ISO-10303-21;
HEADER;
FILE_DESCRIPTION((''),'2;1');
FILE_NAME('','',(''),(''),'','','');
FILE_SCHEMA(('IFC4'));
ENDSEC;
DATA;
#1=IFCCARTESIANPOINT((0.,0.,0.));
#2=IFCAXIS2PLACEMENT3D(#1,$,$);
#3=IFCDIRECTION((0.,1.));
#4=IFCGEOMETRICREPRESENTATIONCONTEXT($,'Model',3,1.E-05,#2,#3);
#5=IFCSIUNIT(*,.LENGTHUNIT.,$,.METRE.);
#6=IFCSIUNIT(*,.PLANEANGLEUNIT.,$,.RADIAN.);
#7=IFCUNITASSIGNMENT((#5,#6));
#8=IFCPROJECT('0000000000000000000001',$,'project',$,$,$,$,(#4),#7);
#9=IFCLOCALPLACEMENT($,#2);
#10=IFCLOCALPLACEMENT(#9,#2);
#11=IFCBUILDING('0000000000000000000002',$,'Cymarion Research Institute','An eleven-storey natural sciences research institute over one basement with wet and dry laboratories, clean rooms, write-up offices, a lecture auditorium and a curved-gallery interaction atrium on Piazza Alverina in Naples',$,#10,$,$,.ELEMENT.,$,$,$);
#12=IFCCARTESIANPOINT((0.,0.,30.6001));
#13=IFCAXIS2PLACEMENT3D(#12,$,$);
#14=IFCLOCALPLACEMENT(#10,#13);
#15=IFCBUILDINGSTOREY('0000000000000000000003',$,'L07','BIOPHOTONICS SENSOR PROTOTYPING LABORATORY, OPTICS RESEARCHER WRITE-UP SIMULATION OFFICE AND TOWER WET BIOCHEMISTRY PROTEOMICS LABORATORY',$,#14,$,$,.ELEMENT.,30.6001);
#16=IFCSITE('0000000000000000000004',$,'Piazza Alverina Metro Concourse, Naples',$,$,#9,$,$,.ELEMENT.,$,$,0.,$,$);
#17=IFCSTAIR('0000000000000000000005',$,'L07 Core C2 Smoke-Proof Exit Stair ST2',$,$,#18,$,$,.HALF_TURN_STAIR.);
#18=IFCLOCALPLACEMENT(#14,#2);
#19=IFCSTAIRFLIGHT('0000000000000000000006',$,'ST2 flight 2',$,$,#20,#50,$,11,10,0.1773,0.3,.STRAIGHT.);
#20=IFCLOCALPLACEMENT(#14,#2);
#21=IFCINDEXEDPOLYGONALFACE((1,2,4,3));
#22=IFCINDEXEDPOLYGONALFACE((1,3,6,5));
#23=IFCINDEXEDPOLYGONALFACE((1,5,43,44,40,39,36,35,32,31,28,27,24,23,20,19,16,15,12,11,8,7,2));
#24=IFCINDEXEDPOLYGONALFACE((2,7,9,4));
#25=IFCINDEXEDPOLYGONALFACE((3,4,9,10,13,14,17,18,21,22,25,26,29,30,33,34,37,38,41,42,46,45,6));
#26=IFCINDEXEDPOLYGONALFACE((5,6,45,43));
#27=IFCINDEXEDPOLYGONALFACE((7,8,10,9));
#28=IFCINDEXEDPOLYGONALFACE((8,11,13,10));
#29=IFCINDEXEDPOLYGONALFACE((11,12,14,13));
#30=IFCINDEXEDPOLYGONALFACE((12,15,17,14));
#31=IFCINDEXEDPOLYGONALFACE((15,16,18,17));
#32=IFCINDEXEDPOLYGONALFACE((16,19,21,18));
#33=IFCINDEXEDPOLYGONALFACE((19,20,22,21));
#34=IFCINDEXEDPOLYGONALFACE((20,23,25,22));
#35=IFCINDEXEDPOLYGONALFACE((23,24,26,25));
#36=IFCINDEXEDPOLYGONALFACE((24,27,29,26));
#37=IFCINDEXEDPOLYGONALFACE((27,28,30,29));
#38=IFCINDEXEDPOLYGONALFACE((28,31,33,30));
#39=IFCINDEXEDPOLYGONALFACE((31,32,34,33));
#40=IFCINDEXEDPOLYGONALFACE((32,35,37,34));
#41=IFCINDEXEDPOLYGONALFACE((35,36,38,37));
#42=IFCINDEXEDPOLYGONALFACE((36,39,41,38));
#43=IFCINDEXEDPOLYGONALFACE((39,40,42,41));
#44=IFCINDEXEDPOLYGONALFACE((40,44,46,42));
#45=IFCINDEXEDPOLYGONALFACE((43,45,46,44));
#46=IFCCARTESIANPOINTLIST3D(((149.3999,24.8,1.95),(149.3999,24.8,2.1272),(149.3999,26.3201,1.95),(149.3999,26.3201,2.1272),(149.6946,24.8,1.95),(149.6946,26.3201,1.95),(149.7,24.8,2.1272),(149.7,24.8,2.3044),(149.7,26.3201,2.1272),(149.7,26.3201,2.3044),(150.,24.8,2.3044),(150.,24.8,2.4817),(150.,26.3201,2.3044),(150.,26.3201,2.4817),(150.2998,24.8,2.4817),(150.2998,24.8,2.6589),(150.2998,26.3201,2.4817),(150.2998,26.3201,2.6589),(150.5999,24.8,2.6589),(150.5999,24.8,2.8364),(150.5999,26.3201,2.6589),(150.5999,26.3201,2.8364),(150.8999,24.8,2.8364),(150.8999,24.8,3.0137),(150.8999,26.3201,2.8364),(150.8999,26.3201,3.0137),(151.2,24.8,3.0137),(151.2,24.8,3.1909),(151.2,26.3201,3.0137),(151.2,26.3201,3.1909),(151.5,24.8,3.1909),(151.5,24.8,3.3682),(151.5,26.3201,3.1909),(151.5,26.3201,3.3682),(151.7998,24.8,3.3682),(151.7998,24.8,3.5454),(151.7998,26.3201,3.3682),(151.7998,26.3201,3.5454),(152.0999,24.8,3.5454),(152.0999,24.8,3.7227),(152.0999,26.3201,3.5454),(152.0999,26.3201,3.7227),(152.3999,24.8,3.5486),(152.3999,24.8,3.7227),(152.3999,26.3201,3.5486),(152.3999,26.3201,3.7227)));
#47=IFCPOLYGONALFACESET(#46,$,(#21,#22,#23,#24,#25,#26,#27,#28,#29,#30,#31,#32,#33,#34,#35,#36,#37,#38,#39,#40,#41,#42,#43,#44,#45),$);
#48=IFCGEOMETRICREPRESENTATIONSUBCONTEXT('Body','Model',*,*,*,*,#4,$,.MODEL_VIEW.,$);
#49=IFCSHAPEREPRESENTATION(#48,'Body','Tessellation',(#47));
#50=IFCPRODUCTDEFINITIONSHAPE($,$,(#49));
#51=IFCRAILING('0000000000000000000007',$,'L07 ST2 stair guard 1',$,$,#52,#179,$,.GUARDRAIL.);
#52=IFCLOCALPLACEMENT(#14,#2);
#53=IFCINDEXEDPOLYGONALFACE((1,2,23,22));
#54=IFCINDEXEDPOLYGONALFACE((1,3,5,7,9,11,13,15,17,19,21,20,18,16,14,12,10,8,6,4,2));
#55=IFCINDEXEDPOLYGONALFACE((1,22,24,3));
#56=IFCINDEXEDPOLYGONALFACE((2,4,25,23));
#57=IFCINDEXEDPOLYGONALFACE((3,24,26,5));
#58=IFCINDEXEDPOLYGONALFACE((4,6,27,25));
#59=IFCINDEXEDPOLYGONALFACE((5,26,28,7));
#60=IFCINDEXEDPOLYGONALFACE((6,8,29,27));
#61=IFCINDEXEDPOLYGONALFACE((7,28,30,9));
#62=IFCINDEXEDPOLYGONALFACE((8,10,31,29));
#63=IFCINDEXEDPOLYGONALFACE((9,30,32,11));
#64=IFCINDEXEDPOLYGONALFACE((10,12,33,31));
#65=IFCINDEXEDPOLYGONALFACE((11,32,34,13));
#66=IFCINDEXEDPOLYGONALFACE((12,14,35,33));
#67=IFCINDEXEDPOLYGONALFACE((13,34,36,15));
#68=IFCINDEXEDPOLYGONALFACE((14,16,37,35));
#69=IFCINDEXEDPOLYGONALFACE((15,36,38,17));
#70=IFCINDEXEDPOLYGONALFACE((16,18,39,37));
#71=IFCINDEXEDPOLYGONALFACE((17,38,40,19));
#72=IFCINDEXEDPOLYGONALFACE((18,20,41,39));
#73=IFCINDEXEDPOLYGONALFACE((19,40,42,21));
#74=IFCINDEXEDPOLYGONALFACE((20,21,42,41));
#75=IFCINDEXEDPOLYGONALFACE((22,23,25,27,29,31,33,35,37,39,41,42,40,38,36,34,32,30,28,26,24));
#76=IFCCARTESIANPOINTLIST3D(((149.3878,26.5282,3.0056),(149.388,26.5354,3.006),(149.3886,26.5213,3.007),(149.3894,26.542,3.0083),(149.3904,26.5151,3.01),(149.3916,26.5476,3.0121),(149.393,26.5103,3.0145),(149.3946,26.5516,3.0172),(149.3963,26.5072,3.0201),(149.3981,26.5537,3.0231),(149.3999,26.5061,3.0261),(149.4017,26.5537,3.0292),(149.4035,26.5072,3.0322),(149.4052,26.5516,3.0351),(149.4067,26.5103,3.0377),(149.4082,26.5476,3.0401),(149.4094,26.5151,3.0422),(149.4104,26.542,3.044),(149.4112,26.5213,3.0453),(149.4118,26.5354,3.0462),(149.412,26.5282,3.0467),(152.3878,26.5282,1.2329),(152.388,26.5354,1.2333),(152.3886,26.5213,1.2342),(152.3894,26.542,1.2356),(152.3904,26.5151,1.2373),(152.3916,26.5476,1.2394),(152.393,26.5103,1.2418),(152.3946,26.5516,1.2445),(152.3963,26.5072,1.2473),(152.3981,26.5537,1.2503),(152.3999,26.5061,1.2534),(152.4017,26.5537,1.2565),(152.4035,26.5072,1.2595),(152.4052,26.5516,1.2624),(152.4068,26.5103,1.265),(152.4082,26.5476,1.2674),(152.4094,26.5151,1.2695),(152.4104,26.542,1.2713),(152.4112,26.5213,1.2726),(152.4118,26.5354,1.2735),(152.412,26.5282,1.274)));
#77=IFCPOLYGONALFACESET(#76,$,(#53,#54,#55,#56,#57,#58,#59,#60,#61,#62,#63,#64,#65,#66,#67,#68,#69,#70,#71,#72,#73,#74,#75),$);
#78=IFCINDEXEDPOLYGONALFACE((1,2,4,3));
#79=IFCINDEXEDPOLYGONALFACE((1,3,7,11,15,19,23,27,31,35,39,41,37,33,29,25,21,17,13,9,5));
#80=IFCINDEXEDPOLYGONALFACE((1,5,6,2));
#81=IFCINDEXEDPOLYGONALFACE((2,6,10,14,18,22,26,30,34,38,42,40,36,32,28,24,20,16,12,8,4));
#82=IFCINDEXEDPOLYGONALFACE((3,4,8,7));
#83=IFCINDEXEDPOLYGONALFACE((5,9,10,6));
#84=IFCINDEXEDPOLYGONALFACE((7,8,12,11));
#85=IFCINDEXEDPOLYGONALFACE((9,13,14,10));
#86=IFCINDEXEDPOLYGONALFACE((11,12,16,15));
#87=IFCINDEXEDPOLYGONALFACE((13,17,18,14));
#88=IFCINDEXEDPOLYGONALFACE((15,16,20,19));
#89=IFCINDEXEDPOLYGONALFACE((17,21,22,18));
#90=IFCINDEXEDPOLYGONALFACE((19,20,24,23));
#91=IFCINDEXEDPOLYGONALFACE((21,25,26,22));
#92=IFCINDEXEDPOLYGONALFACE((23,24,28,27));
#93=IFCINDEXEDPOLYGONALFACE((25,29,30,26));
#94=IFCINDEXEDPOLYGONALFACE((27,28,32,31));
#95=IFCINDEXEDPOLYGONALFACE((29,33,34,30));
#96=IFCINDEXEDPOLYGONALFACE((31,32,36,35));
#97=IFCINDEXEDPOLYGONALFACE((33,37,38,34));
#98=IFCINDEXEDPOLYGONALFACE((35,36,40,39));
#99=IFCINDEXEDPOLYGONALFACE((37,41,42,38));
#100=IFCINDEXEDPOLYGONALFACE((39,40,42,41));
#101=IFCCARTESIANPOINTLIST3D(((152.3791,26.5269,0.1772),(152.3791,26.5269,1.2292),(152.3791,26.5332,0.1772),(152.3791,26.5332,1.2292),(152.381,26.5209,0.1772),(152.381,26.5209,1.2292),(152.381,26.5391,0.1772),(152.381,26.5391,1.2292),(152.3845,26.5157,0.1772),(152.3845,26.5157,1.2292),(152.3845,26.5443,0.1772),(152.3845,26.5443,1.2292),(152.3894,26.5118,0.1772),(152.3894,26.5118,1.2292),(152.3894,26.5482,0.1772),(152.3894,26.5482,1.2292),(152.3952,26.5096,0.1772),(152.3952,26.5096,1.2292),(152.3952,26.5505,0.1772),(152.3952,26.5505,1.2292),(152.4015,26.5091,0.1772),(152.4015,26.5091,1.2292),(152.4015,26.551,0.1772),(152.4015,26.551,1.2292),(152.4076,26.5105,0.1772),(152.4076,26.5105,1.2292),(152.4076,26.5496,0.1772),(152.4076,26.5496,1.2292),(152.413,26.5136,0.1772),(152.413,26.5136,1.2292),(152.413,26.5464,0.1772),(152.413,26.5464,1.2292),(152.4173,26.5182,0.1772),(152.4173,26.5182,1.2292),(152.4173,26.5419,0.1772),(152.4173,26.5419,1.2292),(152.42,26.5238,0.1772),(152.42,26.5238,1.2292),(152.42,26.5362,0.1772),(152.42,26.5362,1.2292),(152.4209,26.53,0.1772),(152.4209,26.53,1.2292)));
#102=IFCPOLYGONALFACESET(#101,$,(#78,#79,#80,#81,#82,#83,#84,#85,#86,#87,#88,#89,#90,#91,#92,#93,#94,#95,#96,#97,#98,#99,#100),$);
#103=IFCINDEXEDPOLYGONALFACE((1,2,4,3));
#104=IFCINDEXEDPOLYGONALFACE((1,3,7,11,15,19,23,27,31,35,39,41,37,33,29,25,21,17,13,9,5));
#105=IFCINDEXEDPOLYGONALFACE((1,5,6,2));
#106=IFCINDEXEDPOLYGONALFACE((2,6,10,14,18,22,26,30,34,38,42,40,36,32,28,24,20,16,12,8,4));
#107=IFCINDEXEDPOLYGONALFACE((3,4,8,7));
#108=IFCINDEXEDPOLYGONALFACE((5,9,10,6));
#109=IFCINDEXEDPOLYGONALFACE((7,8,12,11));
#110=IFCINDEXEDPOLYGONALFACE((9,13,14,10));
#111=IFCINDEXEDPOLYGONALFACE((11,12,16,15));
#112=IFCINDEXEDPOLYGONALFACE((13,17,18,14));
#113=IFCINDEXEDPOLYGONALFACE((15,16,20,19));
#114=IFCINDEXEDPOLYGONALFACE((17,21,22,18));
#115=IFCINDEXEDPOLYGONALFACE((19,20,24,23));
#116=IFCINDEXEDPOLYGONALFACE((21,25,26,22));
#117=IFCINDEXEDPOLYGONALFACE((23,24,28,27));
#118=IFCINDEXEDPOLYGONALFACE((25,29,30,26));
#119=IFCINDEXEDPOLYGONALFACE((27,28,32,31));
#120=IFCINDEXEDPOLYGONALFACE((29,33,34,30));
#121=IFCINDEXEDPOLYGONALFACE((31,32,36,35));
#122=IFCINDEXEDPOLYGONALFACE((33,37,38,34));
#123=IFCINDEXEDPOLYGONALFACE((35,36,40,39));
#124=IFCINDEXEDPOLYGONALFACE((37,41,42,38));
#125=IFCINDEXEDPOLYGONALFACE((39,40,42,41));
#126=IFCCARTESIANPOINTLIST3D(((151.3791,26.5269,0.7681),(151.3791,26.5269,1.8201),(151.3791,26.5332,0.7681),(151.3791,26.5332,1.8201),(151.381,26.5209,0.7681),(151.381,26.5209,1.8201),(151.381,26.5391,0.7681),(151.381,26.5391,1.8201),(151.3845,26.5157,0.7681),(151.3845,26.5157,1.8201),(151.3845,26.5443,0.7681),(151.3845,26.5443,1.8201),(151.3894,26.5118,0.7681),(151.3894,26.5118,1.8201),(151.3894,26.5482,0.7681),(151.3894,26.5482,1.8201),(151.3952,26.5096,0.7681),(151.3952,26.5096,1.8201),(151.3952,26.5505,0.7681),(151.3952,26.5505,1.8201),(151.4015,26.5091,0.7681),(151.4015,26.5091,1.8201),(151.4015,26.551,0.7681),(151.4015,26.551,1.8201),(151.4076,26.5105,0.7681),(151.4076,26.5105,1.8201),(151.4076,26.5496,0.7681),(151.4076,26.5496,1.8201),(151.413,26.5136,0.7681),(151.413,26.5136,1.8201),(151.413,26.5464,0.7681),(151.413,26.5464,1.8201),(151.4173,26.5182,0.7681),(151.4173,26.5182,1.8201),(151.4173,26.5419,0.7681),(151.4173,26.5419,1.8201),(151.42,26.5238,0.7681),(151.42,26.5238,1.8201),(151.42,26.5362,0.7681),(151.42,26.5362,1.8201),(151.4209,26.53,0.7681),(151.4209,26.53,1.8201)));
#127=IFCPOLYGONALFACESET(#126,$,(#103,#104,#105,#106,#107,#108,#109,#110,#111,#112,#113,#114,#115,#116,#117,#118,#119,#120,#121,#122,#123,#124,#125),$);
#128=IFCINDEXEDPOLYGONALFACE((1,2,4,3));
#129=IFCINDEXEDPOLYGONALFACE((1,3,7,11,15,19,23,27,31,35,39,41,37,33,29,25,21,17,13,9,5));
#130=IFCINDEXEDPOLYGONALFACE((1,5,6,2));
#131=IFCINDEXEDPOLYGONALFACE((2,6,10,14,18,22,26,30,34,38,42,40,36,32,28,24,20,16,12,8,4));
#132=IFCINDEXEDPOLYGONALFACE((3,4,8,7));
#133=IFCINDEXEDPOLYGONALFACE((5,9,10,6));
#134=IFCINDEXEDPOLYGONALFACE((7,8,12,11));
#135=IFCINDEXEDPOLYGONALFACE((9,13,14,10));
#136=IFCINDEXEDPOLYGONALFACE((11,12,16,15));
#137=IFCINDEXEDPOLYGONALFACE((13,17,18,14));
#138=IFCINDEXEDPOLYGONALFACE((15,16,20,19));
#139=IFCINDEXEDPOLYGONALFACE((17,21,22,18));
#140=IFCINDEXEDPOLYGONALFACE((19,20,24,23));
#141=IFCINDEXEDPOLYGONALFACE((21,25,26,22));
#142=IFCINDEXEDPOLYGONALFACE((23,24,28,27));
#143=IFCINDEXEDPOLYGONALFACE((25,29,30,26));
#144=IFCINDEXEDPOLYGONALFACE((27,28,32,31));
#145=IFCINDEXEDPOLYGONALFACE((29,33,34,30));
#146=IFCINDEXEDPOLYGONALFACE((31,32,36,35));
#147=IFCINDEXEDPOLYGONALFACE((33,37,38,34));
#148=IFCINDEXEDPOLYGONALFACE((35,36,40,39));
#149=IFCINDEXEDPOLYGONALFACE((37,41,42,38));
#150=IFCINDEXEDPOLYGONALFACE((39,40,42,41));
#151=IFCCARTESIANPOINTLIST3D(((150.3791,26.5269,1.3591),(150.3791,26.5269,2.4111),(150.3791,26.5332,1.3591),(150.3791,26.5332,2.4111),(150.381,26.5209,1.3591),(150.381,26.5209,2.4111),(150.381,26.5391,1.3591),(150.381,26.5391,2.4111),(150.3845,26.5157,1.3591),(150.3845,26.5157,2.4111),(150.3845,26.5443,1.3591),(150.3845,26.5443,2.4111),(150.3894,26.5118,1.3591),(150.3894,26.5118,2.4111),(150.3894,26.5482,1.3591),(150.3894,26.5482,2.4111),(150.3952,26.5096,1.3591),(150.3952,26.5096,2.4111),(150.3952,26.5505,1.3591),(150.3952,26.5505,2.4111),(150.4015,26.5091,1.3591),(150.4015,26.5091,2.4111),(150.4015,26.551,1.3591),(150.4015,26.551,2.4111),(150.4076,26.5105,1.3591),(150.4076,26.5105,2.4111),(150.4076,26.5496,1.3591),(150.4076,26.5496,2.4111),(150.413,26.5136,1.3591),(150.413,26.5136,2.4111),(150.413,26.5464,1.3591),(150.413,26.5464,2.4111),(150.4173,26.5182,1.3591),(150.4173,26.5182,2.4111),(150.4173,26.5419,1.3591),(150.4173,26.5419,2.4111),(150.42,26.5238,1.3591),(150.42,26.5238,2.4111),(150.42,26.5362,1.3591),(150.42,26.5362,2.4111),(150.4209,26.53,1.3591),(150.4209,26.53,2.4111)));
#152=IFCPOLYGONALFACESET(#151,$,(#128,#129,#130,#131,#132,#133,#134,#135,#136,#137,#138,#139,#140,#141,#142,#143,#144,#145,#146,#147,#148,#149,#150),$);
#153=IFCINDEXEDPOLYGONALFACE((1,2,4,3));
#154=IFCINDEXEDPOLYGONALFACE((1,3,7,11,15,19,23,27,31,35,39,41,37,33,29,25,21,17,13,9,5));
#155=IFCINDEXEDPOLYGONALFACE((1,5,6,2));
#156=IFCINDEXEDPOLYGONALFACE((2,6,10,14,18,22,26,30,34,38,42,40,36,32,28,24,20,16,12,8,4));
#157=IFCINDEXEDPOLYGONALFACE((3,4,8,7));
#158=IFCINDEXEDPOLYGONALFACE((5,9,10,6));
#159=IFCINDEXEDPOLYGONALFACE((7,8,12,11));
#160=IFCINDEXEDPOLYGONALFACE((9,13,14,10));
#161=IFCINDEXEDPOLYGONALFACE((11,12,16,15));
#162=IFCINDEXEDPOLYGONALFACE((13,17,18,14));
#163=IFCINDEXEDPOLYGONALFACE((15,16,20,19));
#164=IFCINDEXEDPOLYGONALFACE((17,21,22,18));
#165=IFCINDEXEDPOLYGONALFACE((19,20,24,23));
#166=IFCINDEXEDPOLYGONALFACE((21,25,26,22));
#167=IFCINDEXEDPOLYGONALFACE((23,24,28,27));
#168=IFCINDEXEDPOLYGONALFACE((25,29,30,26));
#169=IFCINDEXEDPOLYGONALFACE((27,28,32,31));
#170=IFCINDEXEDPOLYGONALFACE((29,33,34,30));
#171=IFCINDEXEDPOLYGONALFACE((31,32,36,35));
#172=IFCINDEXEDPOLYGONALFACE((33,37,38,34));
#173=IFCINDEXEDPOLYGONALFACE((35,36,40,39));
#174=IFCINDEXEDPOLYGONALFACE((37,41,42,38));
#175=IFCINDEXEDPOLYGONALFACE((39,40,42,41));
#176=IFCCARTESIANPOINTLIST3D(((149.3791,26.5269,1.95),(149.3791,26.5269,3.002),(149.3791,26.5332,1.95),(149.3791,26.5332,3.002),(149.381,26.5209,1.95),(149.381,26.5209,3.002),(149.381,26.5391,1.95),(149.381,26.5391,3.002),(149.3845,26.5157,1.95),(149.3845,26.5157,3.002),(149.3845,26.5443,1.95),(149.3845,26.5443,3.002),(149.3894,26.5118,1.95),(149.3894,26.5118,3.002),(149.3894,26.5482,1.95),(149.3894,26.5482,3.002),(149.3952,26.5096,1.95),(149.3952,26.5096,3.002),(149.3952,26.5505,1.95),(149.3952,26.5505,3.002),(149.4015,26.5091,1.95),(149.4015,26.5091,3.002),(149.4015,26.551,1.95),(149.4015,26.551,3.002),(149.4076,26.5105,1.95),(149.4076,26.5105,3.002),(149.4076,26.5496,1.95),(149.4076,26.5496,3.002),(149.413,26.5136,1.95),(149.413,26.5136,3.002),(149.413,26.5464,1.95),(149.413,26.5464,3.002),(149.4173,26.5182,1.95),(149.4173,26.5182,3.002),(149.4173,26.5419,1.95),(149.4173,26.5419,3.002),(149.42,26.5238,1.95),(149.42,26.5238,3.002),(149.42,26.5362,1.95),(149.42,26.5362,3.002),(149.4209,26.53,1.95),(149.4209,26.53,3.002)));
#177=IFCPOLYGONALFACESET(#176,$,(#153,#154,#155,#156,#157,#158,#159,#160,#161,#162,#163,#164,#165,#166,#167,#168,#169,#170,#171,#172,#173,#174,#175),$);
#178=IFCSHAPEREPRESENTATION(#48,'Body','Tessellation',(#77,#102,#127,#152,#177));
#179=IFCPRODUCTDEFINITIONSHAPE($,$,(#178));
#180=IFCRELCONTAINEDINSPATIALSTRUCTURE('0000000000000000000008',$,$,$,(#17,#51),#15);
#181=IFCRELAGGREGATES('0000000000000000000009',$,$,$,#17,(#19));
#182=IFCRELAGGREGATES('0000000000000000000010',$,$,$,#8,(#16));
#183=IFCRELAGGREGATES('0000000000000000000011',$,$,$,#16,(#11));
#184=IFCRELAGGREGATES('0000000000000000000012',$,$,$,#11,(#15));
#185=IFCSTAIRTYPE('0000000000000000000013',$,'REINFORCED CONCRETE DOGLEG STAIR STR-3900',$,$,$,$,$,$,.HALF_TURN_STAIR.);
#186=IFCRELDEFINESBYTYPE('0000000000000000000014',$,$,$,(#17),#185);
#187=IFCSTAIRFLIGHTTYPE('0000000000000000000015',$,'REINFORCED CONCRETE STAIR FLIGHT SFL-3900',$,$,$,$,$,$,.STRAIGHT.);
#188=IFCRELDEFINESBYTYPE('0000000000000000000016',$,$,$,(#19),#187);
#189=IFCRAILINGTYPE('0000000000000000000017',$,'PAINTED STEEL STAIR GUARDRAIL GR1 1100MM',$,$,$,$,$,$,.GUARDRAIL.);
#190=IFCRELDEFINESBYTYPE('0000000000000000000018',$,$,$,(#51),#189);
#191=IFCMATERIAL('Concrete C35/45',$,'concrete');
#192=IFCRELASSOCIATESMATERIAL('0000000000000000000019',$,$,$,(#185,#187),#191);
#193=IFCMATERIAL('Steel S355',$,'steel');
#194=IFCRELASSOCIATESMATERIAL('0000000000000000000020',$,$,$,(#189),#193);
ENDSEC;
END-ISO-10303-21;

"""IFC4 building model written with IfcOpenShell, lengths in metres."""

from ifc_helpers import new_model, si_unit, direction, frame, origin, origin_2d, place, context, subcontext, project, spatial, polyline, circle, outline, extrude, material, type_object, element, aggregate, save


model = new_model("IFC4")

# Units and contexts
model_context = context("Model", 3, precision=1e-05, world=origin(), true_north=direction((0.0, 1.0)))
body_context = subcontext(model_context, "Body", "Model", "MODEL_VIEW")
ifc_project = project(units=[si_unit("LENGTHUNIT", "METRE"), si_unit("PLANEANGLEUNIT", "RADIAN")], contexts=[model_context])

# Site, building, storey
site_placement = place(None, origin())
site = spatial("IfcSite", under=ifc_project, at=site_placement, Name="Piazza Alverina Metro Concourse, Naples", CompositionType="ELEMENT", RefElevation=0.0)
building_placement = place(site_placement, origin())
building = spatial("IfcBuilding", under=site, at=building_placement, Name="Cymarion Research Institute", Description="An eleven-storey natural sciences research institute over one basement with wet and dry laboratories, clean rooms, write-up offices, a lecture auditorium and a curved-gallery interaction atrium on Piazza Alverina in Naples", CompositionType="ELEMENT")
storey_placement = place(building_placement, frame((0.0, 0.0, 30.6001)))
storey = spatial("IfcBuildingStorey", under=building, at=storey_placement, Name="L07", Description="BIOPHOTONICS SENSOR PROTOTYPING LABORATORY, OPTICS RESEARCHER WRITE-UP SIMULATION OFFICE AND TOWER WET BIOCHEMISTRY PROTEOMICS LABORATORY", CompositionType="ELEMENT", Elevation=30.6001)

# Shared definitions
ifc_material_1 = material(Name="Steel S355", Category="steel")

# Stair, stair flight
ifc_material_2 = material(Name="Concrete C35/45", Category="concrete")
stair_type = type_object("IfcStairType", Name="REINFORCED CONCRETE DOGLEG STAIR STR-3900", PredefinedType="HALF_TURN_STAIR", material=ifc_material_2)
stair_placement = place(storey_placement, origin())
stair = element("IfcStair", 1, at=stair_placement, inside=storey, type_object=stair_type, Name="L07 Core C2 Smoke-Proof Exit Stair ST2", PredefinedType="HALF_TURN_STAIR")
stair_flight_type = type_object("IfcStairFlightType", Name="REINFORCED CONCRETE STAIR FLIGHT SFL-3900", PredefinedType="STRAIGHT", material=ifc_material_2)
stair_flight_1_placement = place(storey_placement, frame((149.3999, 25.5601, 1.95), z_axis=(0.0, 0.0, 1.0), x_axis=(1.0, 0.0, 0.0)))
stair_flight_1 = element("IfcStairFlight", 2, at=stair_flight_1_placement, type_object=stair_flight_type, Name="ST2 flight 2", NumberOfRisers=11, NumberOfTreads=10, PredefinedType="STRAIGHT", RiserHeight=0.1773, TreadLength=0.3, context=body_context, shape_type="SweptSolid", body=[
    extrude(outline(polyline([(0.0, 0.0), (0.0, 0.1772), (0.3, 0.1772), (0.3, 0.3545), (0.6001, 0.3545), (0.6001, 0.5317), (0.8999, 0.5317), (0.8999, 0.709), (1.2, 0.709), (1.2, 0.8865), (1.5, 0.8865), (1.5, 1.0637), (1.8, 1.0637), (1.8, 1.241), (2.1001, 1.241), (2.1001, 1.4182), (2.3999, 1.4182), (2.3999, 1.5955), (2.7, 1.5955), (2.7, 1.7727), (3.0, 1.7727), (3.0, 1.95), (3.0, 1.5986), (0.2947, 0.0), (0.0, 0.0)])), frame((0.0, 0.76, 0.0), z_axis=(0.0, -1.0, 0.0), x_axis=(1.0, 0.0, 0.0)), (0.0, 0.0, 1.0), 1.52),
])
aggregate(stair, [stair_flight_1])

# Railing
railing_type_1 = type_object("IfcRailingType", Name="PAINTED STEEL STAIR GUARDRAIL GR1 1100MM", PredefinedType="GUARDRAIL", material=ifc_material_1)
railing_1_placement = place(storey_placement, frame((152.3999, 26.53, 0.1772)))
element("IfcRailing", 3, at=railing_1_placement, inside=storey, type_object=railing_type_1, Name="L07 ST2 stair guard 1", PredefinedType="GUARDRAIL", context=body_context, shape_type="SweptSolid", body=[
    extrude(circle(Radius=0.0239, at=origin_2d()), frame((0.0, 0.0, 1.0762), z_axis=(-0.860929, 0.0, 0.508725), x_axis=(0.0, -1.0, 0.0)), (0.0, 0.0, 1.0), 3.4846),
    extrude(circle(Radius=0.021, at=origin_2d()), origin(), (0.0, 0.0, 1.0), 1.052),
    extrude(circle(Radius=0.021, at=origin_2d()), frame((-1.0, 0.0, 0.5908)), (0.0, 0.0, 1.0), 1.052),
    extrude(circle(Radius=0.021, at=origin_2d()), frame((-2.0, 0.0, 1.1819)), (0.0, 0.0, 1.0), 1.052),
    extrude(circle(Radius=0.021, at=origin_2d()), frame((-3.0, 0.0, 1.7727)), (0.0, 0.0, 1.0), 1.052),
])

save(model, "model.ifc")
